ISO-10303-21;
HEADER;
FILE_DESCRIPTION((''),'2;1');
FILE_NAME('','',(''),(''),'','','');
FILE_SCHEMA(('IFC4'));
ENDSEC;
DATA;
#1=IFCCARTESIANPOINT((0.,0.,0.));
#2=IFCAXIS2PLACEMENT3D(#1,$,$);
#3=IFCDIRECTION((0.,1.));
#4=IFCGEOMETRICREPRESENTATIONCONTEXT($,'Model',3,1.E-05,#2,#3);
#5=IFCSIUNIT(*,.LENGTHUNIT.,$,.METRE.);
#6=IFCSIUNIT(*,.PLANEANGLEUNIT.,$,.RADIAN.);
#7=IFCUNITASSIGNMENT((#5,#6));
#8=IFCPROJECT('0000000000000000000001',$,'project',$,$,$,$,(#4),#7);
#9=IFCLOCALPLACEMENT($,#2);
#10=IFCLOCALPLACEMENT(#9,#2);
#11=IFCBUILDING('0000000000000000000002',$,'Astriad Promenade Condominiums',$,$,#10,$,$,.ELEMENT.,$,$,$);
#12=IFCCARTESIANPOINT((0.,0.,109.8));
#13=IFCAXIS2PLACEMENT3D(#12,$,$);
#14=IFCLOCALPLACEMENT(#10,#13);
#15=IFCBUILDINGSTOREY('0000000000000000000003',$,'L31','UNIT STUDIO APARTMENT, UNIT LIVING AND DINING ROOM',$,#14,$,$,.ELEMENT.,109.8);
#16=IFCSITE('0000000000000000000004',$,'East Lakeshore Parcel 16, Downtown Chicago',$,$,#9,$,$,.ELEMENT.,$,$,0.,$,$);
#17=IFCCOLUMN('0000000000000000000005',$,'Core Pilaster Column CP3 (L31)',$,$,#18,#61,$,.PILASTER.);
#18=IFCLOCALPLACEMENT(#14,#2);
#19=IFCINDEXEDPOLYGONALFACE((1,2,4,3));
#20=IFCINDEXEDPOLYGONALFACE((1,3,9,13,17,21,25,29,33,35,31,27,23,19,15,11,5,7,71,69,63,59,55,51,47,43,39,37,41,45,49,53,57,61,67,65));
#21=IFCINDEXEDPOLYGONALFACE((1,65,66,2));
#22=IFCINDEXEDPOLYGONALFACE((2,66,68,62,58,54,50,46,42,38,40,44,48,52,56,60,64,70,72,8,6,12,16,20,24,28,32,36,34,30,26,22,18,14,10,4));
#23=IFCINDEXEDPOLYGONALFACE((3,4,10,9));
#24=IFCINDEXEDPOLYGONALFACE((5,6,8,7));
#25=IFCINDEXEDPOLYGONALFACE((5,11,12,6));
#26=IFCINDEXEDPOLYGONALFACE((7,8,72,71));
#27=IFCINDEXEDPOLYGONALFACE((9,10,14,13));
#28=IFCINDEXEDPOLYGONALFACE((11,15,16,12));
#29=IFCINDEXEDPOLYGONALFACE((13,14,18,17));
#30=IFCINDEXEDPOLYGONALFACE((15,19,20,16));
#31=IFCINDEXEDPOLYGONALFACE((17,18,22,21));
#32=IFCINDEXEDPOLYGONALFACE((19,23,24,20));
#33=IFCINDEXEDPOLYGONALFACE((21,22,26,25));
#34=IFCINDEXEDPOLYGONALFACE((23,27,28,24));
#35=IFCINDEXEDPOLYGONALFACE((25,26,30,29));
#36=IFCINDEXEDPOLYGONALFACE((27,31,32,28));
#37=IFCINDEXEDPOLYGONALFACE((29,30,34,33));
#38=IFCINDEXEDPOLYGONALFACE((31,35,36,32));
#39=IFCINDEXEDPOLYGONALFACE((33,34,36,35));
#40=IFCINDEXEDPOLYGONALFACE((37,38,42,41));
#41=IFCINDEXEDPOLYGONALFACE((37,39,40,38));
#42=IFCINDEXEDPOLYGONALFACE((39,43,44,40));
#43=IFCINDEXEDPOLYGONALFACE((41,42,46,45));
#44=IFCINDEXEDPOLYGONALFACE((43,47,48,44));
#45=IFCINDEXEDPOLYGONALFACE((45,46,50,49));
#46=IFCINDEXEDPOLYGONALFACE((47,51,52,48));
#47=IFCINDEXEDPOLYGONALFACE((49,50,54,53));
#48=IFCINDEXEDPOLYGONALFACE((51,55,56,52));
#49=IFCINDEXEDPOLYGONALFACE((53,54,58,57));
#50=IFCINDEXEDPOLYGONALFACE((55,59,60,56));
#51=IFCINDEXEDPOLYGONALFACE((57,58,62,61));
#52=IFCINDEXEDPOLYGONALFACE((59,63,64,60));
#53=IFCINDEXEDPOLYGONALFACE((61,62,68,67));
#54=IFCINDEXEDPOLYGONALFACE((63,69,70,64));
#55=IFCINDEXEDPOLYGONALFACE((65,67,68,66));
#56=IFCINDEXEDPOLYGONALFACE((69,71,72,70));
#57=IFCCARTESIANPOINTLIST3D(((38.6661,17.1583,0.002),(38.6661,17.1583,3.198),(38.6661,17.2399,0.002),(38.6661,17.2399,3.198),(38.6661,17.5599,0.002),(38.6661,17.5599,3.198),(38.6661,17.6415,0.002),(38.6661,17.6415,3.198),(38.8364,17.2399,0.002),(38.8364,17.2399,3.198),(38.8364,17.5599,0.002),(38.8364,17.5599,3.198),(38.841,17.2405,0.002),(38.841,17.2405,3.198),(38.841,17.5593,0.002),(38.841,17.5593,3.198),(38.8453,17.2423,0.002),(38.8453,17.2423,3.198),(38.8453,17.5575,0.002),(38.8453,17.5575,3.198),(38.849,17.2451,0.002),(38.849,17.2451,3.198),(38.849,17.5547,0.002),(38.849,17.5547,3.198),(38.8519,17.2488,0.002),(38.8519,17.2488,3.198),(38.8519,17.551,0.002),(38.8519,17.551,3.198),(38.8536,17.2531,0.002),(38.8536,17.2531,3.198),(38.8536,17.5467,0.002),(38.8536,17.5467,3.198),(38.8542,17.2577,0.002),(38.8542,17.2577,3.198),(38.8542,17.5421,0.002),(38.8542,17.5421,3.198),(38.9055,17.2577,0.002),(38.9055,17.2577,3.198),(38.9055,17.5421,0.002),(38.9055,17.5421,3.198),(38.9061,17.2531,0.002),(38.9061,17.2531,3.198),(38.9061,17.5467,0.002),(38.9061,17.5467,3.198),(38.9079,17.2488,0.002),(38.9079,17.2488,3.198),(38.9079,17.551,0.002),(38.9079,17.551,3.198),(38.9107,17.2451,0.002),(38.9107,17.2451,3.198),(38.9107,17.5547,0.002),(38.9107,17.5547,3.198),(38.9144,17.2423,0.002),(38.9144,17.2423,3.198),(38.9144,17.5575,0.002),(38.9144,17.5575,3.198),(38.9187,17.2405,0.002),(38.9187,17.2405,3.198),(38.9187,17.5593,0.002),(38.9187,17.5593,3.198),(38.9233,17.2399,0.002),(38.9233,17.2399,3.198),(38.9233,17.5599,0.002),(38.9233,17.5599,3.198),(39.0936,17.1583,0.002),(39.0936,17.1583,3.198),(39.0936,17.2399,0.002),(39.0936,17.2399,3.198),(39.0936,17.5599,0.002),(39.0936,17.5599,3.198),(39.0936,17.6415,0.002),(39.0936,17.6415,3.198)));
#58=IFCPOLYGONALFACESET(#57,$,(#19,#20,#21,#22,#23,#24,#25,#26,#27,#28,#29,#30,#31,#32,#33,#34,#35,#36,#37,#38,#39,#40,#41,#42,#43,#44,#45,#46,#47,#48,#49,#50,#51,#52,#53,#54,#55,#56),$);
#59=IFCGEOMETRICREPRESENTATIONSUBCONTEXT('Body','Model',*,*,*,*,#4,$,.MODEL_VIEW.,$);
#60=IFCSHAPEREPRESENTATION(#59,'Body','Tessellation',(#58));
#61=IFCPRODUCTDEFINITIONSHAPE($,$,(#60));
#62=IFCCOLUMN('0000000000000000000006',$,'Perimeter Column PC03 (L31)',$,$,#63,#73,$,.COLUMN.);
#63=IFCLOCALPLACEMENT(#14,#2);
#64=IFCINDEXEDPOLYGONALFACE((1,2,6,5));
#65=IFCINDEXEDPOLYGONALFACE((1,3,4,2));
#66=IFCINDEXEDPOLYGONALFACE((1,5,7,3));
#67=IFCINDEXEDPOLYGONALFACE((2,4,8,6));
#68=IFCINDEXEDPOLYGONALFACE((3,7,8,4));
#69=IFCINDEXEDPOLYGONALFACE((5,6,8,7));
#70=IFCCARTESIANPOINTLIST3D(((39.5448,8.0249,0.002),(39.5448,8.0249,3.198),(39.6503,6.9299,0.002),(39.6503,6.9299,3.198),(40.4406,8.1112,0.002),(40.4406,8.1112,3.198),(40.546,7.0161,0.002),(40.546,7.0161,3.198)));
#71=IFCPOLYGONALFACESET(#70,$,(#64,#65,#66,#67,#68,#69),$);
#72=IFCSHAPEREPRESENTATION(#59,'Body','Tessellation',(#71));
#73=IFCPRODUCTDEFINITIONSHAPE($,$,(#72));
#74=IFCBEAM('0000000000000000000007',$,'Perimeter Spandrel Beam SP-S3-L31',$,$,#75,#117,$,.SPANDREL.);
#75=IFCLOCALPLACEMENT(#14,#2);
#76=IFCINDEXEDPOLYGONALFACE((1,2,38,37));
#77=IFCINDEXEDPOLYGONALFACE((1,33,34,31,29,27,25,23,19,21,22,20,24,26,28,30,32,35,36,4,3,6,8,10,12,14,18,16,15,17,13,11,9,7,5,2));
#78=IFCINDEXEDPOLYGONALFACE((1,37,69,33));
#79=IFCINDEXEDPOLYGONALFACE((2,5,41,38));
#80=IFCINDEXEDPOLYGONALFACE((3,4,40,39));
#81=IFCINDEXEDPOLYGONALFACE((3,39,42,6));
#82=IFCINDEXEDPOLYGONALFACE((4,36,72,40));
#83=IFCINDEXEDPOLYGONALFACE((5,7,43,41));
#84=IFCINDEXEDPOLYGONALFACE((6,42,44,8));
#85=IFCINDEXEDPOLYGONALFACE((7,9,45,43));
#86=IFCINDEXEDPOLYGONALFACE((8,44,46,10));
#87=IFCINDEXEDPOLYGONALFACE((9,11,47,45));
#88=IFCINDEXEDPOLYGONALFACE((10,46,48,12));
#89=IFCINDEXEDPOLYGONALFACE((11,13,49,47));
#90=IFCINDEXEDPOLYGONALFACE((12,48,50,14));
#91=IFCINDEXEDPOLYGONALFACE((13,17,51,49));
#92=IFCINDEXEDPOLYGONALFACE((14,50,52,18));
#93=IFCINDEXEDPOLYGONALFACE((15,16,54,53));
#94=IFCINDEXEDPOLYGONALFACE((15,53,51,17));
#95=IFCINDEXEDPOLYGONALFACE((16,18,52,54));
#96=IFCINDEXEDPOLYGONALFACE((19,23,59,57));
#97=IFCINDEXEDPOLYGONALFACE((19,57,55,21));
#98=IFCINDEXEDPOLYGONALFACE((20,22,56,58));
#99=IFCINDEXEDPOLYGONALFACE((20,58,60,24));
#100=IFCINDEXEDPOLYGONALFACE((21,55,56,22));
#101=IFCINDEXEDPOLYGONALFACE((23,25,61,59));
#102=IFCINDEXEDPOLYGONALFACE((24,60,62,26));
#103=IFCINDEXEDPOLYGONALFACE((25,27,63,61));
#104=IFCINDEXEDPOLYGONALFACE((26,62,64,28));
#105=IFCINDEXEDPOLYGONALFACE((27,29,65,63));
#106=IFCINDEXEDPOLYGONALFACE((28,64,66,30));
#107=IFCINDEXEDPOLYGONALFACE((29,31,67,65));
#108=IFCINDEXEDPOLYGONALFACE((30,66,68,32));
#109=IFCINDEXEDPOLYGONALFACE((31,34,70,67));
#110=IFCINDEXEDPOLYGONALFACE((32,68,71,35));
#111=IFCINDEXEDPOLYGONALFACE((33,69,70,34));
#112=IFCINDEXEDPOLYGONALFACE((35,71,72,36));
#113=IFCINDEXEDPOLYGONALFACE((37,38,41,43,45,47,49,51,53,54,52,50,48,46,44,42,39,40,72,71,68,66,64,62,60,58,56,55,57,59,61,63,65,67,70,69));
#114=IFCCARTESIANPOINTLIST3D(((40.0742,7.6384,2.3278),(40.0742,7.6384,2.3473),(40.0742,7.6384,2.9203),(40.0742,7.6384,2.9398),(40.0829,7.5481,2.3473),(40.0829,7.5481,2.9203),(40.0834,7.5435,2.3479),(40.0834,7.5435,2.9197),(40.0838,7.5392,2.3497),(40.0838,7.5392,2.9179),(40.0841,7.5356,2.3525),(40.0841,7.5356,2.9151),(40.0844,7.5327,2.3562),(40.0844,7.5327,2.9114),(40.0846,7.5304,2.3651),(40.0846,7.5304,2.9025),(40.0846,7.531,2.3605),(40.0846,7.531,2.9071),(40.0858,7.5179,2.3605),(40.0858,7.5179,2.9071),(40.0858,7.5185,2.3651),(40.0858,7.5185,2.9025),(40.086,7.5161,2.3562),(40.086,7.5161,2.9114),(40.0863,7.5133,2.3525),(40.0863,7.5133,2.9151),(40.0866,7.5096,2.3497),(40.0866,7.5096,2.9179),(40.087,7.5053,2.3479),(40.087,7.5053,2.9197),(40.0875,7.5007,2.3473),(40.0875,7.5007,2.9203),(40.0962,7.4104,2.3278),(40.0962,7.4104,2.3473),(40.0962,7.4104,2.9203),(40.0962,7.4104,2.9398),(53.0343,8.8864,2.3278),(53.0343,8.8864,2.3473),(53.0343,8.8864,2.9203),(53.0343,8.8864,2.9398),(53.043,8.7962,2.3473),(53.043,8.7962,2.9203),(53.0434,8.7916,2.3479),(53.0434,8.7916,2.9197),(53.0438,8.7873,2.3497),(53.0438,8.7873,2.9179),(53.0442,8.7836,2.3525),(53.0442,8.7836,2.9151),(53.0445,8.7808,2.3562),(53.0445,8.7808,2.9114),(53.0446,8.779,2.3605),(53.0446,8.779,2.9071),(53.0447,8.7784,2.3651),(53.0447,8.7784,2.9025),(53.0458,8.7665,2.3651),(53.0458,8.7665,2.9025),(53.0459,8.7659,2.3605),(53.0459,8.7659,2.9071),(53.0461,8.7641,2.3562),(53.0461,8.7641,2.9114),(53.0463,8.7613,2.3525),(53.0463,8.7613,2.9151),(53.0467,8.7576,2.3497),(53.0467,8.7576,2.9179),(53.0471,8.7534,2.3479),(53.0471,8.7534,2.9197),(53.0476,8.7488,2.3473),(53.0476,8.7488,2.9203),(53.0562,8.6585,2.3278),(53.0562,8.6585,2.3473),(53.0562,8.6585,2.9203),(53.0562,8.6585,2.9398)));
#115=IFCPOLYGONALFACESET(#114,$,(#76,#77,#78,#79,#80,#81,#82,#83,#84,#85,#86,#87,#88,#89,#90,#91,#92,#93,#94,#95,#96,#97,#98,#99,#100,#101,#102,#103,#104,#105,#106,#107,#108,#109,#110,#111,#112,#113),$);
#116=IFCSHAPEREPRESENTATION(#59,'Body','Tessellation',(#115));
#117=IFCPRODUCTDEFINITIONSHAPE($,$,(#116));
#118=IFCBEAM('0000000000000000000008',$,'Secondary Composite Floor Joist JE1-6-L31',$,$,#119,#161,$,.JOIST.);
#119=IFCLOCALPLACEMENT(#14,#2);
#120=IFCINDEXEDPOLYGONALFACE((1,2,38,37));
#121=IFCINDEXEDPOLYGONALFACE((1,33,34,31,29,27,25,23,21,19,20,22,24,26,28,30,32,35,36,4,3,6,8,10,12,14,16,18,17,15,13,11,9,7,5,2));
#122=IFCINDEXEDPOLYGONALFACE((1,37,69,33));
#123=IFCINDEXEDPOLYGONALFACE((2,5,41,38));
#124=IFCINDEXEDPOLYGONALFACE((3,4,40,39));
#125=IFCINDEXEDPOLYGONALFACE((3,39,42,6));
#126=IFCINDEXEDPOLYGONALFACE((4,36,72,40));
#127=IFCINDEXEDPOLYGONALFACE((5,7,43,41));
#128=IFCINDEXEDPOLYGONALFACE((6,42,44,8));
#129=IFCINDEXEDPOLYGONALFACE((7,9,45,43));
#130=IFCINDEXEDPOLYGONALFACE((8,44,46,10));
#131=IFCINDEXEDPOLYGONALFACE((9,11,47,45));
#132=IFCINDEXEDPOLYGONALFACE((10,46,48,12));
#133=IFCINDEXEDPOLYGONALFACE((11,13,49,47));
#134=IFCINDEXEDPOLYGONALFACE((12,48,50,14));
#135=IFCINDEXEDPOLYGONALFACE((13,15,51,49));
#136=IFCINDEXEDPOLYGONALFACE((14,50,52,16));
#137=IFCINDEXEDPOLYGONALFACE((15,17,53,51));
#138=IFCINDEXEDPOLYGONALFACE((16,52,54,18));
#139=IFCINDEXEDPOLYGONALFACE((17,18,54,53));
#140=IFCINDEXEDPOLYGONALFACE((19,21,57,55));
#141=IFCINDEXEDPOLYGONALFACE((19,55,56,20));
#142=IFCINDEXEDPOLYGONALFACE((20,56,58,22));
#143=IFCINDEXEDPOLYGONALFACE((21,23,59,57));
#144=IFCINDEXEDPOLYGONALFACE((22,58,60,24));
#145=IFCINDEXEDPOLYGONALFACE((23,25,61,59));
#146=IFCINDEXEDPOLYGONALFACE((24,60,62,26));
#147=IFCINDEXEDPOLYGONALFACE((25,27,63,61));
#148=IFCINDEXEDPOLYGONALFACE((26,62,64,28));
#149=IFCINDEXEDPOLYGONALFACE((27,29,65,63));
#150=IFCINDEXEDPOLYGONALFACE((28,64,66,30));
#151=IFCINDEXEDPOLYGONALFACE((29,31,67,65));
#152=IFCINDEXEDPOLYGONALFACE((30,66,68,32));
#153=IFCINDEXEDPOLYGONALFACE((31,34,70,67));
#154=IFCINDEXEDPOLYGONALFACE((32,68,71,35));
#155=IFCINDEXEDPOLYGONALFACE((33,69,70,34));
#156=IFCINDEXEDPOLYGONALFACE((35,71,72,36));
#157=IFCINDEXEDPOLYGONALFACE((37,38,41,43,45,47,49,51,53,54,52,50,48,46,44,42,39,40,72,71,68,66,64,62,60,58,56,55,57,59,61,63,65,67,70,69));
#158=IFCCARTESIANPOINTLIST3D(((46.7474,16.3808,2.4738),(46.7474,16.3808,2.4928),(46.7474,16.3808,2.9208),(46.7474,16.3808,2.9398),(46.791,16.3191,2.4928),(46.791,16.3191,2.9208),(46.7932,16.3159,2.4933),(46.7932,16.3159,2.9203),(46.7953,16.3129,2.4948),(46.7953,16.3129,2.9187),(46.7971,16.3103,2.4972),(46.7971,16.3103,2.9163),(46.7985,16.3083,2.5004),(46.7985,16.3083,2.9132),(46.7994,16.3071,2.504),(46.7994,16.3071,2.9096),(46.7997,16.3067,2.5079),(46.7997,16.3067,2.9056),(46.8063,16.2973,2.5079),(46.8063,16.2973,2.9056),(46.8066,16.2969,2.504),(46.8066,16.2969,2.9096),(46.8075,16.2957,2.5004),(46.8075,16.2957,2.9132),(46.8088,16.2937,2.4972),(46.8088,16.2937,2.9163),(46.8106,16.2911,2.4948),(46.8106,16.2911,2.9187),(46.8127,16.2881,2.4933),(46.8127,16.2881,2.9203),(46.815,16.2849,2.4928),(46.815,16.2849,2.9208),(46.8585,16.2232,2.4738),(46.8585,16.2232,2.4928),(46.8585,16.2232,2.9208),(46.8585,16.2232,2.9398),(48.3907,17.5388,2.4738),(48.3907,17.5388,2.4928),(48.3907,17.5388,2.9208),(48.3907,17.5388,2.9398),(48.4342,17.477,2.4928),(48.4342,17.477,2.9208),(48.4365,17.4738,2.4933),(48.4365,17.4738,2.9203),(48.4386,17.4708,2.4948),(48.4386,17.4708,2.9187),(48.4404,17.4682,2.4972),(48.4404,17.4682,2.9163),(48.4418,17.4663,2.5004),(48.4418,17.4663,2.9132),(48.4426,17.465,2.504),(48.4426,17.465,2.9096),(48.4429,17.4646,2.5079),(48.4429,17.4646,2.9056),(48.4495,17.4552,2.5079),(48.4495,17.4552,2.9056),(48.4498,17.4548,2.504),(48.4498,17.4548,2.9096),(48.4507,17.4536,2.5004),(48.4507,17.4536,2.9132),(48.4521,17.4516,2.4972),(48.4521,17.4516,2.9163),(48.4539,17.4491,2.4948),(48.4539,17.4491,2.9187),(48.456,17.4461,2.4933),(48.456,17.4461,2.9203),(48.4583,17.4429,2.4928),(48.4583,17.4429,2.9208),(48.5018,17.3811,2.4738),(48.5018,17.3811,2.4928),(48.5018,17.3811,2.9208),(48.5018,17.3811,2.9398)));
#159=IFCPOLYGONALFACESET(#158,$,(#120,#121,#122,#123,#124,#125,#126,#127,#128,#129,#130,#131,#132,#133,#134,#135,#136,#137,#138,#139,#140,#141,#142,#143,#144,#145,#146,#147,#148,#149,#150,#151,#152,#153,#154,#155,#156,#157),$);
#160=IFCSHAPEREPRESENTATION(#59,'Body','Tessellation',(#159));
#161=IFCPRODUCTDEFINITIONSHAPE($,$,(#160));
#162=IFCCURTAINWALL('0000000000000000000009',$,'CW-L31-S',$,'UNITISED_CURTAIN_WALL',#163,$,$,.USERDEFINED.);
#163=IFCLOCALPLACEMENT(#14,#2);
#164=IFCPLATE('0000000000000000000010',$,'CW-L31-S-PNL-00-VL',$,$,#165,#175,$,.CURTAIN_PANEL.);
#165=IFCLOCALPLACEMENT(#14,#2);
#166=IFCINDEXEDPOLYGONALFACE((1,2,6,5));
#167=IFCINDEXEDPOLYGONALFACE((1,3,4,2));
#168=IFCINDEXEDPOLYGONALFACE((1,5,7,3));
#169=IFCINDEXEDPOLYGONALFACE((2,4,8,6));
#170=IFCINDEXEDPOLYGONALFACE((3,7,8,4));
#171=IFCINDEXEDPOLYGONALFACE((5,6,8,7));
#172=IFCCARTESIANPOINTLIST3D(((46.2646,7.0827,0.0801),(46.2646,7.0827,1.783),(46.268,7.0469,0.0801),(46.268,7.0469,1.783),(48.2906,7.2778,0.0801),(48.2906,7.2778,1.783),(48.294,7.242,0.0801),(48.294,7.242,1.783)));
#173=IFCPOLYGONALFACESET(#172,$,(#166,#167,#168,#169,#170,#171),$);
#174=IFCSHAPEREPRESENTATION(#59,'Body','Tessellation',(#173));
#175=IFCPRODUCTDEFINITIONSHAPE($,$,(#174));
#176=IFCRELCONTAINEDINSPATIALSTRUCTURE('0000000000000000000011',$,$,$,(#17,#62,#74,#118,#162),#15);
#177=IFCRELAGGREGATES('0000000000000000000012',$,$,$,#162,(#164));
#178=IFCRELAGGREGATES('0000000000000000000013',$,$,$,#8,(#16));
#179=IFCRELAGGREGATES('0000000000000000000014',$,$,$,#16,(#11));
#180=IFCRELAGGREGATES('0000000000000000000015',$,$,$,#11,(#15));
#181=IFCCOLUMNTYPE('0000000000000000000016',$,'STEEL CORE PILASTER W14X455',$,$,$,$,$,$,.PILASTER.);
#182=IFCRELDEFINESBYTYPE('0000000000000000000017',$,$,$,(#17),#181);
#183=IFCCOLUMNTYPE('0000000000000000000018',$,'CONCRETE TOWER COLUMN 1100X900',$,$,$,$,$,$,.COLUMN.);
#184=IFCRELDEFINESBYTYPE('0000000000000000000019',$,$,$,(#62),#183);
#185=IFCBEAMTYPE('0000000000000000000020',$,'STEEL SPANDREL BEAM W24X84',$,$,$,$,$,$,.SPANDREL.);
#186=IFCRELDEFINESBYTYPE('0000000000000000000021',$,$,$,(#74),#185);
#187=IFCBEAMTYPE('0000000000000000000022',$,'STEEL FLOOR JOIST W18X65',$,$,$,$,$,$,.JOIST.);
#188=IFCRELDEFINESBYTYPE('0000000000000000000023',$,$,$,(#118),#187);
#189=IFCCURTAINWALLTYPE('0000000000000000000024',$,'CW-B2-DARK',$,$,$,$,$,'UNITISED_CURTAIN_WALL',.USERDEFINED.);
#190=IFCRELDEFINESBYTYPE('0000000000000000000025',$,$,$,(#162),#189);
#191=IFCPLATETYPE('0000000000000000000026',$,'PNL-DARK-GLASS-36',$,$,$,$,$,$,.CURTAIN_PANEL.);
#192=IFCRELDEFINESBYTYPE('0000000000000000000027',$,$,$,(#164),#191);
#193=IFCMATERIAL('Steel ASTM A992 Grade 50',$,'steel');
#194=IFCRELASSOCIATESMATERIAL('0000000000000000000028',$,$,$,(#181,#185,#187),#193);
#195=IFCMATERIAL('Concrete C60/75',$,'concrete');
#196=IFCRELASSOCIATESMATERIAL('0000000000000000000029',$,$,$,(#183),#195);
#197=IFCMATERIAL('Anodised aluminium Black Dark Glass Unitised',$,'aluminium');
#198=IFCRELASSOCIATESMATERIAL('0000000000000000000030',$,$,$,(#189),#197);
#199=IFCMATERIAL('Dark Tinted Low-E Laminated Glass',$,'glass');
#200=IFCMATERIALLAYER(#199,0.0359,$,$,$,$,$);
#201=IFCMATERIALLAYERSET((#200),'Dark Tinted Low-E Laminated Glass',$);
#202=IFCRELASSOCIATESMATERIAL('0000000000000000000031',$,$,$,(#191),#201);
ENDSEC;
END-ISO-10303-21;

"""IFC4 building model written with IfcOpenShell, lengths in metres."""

from ifc_helpers import new_model, si_unit, direction, frame, origin, origin_2d, place, context, subcontext, project, spatial, rectangle, i_section, extrude, source, transform, mapped, material, layer, layer_set, material_profile, profile_set, type_object, type_shapes, element, aggregate, save


model = new_model("IFC4")

# Units and contexts
model_context = context("Model", 3, precision=1e-05, world=origin(), true_north=direction((0.0, 1.0)))
body_context = subcontext(model_context, "Body", "Model", "MODEL_VIEW")
ifc_project = project(units=[si_unit("LENGTHUNIT", "METRE"), si_unit("PLANEANGLEUNIT", "RADIAN")], contexts=[model_context])

# Site, building, storey
site_placement = place(None, origin())
site = spatial("IfcSite", under=ifc_project, at=site_placement, Name="East Lakeshore Parcel 16, Downtown Chicago", CompositionType="ELEMENT", RefElevation=0.0)
building_placement = place(site_placement, origin())
building = spatial("IfcBuilding", under=site, at=building_placement, Name="Astriad Promenade Condominiums", CompositionType="ELEMENT")
storey_placement = place(building_placement, frame((0.0, 0.0, 109.8)))
storey = spatial("IfcBuildingStorey", under=building, at=storey_placement, Name="L31", Description="UNIT STUDIO APARTMENT, UNIT LIVING AND DINING ROOM", CompositionType="ELEMENT", Elevation=109.8)

# Columns
ifc_material_1 = material(Name="Steel ASTM A992 Grade 50", Category="steel")
ifc_material_profile_1 = material_profile(ifc_material_1, i_section(OverallWidth=0.4275, OverallDepth=0.4832, WebThickness=0.0513, FlangeThickness=0.0815, FilletRadius=0.0178, at=origin_2d()), Name="W14X455")
ifc_profile_set_1 = profile_set([ifc_material_profile_1], Name="Steel ASTM A992 Grade 50")
column_type_1 = type_object("IfcColumnType", Name="STEEL CORE PILASTER W14X455", PredefinedType="PILASTER", material=ifc_profile_set_1)
shared_shape_1 = source(origin(), body_context, "Body", "SweptSolid", [
    extrude(i_section(OverallWidth=0.4275, OverallDepth=0.4832, WebThickness=0.0513, FlangeThickness=0.0815, FilletRadius=0.0178, at=origin_2d()), origin(), (0.0, 0.0, 1.0), 3.196),
])
type_shapes(column_type_1, [shared_shape_1])
column_1_placement = place(storey_placement, frame((38.8799, 17.3999, 0.002), z_axis=(0.0, 0.0, 1.0), x_axis=(1.0, 0.0, 0.0)))
element("IfcColumn", 1, at=column_1_placement, inside=storey, type_object=column_type_1, Name="Core Pilaster Column CP3 (L31)", PredefinedType="PILASTER", context=body_context, shape_type="MappedRepresentation", body=[
    mapped(shared_shape_1, transform((0.0, 0.0, 0.0), scale=1.0)),
])
ifc_material_2 = material(Name="Concrete C60/75", Category="concrete")
ifc_material_profile_2 = material_profile(ifc_material_2, rectangle(XDim=0.8999, YDim=1.1001, at=origin_2d()), Name="RC-COL-1100X900")
ifc_profile_set_2 = profile_set([ifc_material_profile_2], Name="Concrete C60/75")
column_type_2 = type_object("IfcColumnType", Name="CONCRETE TOWER COLUMN 1100X900", PredefinedType="COLUMN", material=ifc_profile_set_2)
shared_shape_2 = source(origin(), body_context, "Body", "SweptSolid", [
    extrude(rectangle(XDim=0.8999, YDim=1.1001, at=origin_2d()), origin(), (0.0, 0.0, 1.0), 3.196),
])
type_shapes(column_type_2, [shared_shape_2])
column_2_placement = place(storey_placement, frame((40.0454, 7.5205, 0.002), z_axis=(0.0, 0.0, 1.0), x_axis=(0.995396, 0.095846, 0.0)))
element("IfcColumn", 2, at=column_2_placement, inside=storey, type_object=column_type_2, Name="Perimeter Column PC03 (L31)", PredefinedType="COLUMN", context=body_context, shape_type="MappedRepresentation", body=[
    mapped(shared_shape_2, transform((0.0, 0.0, 0.0), scale=1.0)),
])

# Beams
ifc_material_profile_3 = material_profile(ifc_material_1, i_section(OverallWidth=0.229, OverallDepth=0.6121, WebThickness=0.012, FlangeThickness=0.0195, FilletRadius=0.0178, at=origin_2d()), Name="W24X84")
ifc_profile_set_3 = profile_set([ifc_material_profile_3], Name="Steel ASTM A992 Grade 50")
beam_type_1 = type_object("IfcBeamType", Name="STEEL SPANDREL BEAM W24X84", PredefinedType="SPANDREL", material=ifc_profile_set_3)
shared_shape_3 = source(origin(), body_context, "Body", "SweptSolid", [
    extrude(i_section(OverallWidth=0.229, OverallDepth=0.6121, WebThickness=0.012, FlangeThickness=0.0195, FilletRadius=0.0178, at=origin_2d()), origin(), (0.0, 0.0, 1.0), 13.02),
])
type_shapes(beam_type_1, [shared_shape_3])
beam_1_placement = place(storey_placement, frame((40.0852, 7.5244, 2.6338), z_axis=(0.995395, 0.095857, 0.0), x_axis=(-0.095857, 0.995395, 0.0)))
element("IfcBeam", 3, at=beam_1_placement, inside=storey, type_object=beam_type_1, Name="Perimeter Spandrel Beam SP-S3-L31", PredefinedType="SPANDREL", context=body_context, shape_type="MappedRepresentation", body=[
    mapped(shared_shape_3, transform((0.0, 0.0, 0.0), scale=1.0)),
])
ifc_material_profile_4 = material_profile(ifc_material_1, i_section(OverallWidth=0.1929, OverallDepth=0.4661, WebThickness=0.0115, FlangeThickness=0.019, FilletRadius=0.0151, at=origin_2d()), Name="W18X65")
ifc_profile_set_4 = profile_set([ifc_material_profile_4], Name="Steel ASTM A992 Grade 50")
beam_type_2 = type_object("IfcBeamType", Name="STEEL FLOOR JOIST W18X65", PredefinedType="JOIST", material=ifc_profile_set_4)
shared_shape_4 = source(origin(), body_context, "Body", "SweptSolid", [
    extrude(i_section(OverallWidth=0.1929, OverallDepth=0.4661, WebThickness=0.0115, FlangeThickness=0.019, FilletRadius=0.0151, at=origin_2d()), origin(), (0.0, 0.0, 1.0), 2.0103),
])
type_shapes(beam_type_2, [shared_shape_4])
beam_2_placement = place(storey_placement, frame((46.803, 16.302, 2.7068), z_axis=(0.817442, 0.576011, 0.0), x_axis=(-0.576011, 0.817442, 0.0)))
element("IfcBeam", 4, at=beam_2_placement, inside=storey, type_object=beam_type_2, Name="Secondary Composite Floor Joist JE1-6-L31", PredefinedType="JOIST", context=body_context, shape_type="MappedRepresentation", body=[
    mapped(shared_shape_4, transform((0.0, 0.0, 0.0), scale=1.0)),
])

# Curtain wall, plate
ifc_material_3 = material(Name="Anodised aluminium Black Dark Glass Unitised", Category="aluminium")
curtain_wall_type = type_object("IfcCurtainWallType", Name="CW-B2-DARK", ElementType="UNITISED_CURTAIN_WALL", PredefinedType="USERDEFINED", material=ifc_material_3)
curtain_wall_placement = place(storey_placement, origin())
curtain_wall = element("IfcCurtainWall", 5, at=curtain_wall_placement, inside=storey, type_object=curtain_wall_type, Name="CW-L31-S", ObjectType="UNITISED_CURTAIN_WALL", PredefinedType="USERDEFINED")
ifc_material_4 = material(Name="Dark Tinted Low-E Laminated Glass", Category="glass")
ifc_layer_1 = layer(ifc_material_4, 0.0359)
ifc_layer_set_1 = layer_set([ifc_layer_1], Name="Dark Tinted Low-E Laminated Glass")
plate_type = type_object("IfcPlateType", Name="PNL-DARK-GLASS-36", PredefinedType="CURTAIN_PANEL", material=ifc_layer_set_1)
shared_shape_5 = source(origin(), body_context, "Body", "SweptSolid", [
    extrude(rectangle(XDim=2.0354, YDim=0.0359, at=origin_2d()), origin(), (0.0, 0.0, 1.0), 1.7029),
])
type_shapes(plate_type, [shared_shape_5])
plate_placement = place(storey_placement, frame((47.2793, 7.1624, 0.0801), z_axis=(0.0, 0.0, 1.0), x_axis=(-0.995396, -0.095846, 0.0)))
plate = element("IfcPlate", 6, at=plate_placement, type_object=plate_type, Name="CW-L31-S-PNL-00-VL", PredefinedType="CURTAIN_PANEL", context=body_context, shape_type="MappedRepresentation", body=[
    mapped(shared_shape_5, transform((0.0, 0.0, 0.0), scale=1.0)),
])
aggregate(curtain_wall, [plate])

save(model, "model.ifc")
